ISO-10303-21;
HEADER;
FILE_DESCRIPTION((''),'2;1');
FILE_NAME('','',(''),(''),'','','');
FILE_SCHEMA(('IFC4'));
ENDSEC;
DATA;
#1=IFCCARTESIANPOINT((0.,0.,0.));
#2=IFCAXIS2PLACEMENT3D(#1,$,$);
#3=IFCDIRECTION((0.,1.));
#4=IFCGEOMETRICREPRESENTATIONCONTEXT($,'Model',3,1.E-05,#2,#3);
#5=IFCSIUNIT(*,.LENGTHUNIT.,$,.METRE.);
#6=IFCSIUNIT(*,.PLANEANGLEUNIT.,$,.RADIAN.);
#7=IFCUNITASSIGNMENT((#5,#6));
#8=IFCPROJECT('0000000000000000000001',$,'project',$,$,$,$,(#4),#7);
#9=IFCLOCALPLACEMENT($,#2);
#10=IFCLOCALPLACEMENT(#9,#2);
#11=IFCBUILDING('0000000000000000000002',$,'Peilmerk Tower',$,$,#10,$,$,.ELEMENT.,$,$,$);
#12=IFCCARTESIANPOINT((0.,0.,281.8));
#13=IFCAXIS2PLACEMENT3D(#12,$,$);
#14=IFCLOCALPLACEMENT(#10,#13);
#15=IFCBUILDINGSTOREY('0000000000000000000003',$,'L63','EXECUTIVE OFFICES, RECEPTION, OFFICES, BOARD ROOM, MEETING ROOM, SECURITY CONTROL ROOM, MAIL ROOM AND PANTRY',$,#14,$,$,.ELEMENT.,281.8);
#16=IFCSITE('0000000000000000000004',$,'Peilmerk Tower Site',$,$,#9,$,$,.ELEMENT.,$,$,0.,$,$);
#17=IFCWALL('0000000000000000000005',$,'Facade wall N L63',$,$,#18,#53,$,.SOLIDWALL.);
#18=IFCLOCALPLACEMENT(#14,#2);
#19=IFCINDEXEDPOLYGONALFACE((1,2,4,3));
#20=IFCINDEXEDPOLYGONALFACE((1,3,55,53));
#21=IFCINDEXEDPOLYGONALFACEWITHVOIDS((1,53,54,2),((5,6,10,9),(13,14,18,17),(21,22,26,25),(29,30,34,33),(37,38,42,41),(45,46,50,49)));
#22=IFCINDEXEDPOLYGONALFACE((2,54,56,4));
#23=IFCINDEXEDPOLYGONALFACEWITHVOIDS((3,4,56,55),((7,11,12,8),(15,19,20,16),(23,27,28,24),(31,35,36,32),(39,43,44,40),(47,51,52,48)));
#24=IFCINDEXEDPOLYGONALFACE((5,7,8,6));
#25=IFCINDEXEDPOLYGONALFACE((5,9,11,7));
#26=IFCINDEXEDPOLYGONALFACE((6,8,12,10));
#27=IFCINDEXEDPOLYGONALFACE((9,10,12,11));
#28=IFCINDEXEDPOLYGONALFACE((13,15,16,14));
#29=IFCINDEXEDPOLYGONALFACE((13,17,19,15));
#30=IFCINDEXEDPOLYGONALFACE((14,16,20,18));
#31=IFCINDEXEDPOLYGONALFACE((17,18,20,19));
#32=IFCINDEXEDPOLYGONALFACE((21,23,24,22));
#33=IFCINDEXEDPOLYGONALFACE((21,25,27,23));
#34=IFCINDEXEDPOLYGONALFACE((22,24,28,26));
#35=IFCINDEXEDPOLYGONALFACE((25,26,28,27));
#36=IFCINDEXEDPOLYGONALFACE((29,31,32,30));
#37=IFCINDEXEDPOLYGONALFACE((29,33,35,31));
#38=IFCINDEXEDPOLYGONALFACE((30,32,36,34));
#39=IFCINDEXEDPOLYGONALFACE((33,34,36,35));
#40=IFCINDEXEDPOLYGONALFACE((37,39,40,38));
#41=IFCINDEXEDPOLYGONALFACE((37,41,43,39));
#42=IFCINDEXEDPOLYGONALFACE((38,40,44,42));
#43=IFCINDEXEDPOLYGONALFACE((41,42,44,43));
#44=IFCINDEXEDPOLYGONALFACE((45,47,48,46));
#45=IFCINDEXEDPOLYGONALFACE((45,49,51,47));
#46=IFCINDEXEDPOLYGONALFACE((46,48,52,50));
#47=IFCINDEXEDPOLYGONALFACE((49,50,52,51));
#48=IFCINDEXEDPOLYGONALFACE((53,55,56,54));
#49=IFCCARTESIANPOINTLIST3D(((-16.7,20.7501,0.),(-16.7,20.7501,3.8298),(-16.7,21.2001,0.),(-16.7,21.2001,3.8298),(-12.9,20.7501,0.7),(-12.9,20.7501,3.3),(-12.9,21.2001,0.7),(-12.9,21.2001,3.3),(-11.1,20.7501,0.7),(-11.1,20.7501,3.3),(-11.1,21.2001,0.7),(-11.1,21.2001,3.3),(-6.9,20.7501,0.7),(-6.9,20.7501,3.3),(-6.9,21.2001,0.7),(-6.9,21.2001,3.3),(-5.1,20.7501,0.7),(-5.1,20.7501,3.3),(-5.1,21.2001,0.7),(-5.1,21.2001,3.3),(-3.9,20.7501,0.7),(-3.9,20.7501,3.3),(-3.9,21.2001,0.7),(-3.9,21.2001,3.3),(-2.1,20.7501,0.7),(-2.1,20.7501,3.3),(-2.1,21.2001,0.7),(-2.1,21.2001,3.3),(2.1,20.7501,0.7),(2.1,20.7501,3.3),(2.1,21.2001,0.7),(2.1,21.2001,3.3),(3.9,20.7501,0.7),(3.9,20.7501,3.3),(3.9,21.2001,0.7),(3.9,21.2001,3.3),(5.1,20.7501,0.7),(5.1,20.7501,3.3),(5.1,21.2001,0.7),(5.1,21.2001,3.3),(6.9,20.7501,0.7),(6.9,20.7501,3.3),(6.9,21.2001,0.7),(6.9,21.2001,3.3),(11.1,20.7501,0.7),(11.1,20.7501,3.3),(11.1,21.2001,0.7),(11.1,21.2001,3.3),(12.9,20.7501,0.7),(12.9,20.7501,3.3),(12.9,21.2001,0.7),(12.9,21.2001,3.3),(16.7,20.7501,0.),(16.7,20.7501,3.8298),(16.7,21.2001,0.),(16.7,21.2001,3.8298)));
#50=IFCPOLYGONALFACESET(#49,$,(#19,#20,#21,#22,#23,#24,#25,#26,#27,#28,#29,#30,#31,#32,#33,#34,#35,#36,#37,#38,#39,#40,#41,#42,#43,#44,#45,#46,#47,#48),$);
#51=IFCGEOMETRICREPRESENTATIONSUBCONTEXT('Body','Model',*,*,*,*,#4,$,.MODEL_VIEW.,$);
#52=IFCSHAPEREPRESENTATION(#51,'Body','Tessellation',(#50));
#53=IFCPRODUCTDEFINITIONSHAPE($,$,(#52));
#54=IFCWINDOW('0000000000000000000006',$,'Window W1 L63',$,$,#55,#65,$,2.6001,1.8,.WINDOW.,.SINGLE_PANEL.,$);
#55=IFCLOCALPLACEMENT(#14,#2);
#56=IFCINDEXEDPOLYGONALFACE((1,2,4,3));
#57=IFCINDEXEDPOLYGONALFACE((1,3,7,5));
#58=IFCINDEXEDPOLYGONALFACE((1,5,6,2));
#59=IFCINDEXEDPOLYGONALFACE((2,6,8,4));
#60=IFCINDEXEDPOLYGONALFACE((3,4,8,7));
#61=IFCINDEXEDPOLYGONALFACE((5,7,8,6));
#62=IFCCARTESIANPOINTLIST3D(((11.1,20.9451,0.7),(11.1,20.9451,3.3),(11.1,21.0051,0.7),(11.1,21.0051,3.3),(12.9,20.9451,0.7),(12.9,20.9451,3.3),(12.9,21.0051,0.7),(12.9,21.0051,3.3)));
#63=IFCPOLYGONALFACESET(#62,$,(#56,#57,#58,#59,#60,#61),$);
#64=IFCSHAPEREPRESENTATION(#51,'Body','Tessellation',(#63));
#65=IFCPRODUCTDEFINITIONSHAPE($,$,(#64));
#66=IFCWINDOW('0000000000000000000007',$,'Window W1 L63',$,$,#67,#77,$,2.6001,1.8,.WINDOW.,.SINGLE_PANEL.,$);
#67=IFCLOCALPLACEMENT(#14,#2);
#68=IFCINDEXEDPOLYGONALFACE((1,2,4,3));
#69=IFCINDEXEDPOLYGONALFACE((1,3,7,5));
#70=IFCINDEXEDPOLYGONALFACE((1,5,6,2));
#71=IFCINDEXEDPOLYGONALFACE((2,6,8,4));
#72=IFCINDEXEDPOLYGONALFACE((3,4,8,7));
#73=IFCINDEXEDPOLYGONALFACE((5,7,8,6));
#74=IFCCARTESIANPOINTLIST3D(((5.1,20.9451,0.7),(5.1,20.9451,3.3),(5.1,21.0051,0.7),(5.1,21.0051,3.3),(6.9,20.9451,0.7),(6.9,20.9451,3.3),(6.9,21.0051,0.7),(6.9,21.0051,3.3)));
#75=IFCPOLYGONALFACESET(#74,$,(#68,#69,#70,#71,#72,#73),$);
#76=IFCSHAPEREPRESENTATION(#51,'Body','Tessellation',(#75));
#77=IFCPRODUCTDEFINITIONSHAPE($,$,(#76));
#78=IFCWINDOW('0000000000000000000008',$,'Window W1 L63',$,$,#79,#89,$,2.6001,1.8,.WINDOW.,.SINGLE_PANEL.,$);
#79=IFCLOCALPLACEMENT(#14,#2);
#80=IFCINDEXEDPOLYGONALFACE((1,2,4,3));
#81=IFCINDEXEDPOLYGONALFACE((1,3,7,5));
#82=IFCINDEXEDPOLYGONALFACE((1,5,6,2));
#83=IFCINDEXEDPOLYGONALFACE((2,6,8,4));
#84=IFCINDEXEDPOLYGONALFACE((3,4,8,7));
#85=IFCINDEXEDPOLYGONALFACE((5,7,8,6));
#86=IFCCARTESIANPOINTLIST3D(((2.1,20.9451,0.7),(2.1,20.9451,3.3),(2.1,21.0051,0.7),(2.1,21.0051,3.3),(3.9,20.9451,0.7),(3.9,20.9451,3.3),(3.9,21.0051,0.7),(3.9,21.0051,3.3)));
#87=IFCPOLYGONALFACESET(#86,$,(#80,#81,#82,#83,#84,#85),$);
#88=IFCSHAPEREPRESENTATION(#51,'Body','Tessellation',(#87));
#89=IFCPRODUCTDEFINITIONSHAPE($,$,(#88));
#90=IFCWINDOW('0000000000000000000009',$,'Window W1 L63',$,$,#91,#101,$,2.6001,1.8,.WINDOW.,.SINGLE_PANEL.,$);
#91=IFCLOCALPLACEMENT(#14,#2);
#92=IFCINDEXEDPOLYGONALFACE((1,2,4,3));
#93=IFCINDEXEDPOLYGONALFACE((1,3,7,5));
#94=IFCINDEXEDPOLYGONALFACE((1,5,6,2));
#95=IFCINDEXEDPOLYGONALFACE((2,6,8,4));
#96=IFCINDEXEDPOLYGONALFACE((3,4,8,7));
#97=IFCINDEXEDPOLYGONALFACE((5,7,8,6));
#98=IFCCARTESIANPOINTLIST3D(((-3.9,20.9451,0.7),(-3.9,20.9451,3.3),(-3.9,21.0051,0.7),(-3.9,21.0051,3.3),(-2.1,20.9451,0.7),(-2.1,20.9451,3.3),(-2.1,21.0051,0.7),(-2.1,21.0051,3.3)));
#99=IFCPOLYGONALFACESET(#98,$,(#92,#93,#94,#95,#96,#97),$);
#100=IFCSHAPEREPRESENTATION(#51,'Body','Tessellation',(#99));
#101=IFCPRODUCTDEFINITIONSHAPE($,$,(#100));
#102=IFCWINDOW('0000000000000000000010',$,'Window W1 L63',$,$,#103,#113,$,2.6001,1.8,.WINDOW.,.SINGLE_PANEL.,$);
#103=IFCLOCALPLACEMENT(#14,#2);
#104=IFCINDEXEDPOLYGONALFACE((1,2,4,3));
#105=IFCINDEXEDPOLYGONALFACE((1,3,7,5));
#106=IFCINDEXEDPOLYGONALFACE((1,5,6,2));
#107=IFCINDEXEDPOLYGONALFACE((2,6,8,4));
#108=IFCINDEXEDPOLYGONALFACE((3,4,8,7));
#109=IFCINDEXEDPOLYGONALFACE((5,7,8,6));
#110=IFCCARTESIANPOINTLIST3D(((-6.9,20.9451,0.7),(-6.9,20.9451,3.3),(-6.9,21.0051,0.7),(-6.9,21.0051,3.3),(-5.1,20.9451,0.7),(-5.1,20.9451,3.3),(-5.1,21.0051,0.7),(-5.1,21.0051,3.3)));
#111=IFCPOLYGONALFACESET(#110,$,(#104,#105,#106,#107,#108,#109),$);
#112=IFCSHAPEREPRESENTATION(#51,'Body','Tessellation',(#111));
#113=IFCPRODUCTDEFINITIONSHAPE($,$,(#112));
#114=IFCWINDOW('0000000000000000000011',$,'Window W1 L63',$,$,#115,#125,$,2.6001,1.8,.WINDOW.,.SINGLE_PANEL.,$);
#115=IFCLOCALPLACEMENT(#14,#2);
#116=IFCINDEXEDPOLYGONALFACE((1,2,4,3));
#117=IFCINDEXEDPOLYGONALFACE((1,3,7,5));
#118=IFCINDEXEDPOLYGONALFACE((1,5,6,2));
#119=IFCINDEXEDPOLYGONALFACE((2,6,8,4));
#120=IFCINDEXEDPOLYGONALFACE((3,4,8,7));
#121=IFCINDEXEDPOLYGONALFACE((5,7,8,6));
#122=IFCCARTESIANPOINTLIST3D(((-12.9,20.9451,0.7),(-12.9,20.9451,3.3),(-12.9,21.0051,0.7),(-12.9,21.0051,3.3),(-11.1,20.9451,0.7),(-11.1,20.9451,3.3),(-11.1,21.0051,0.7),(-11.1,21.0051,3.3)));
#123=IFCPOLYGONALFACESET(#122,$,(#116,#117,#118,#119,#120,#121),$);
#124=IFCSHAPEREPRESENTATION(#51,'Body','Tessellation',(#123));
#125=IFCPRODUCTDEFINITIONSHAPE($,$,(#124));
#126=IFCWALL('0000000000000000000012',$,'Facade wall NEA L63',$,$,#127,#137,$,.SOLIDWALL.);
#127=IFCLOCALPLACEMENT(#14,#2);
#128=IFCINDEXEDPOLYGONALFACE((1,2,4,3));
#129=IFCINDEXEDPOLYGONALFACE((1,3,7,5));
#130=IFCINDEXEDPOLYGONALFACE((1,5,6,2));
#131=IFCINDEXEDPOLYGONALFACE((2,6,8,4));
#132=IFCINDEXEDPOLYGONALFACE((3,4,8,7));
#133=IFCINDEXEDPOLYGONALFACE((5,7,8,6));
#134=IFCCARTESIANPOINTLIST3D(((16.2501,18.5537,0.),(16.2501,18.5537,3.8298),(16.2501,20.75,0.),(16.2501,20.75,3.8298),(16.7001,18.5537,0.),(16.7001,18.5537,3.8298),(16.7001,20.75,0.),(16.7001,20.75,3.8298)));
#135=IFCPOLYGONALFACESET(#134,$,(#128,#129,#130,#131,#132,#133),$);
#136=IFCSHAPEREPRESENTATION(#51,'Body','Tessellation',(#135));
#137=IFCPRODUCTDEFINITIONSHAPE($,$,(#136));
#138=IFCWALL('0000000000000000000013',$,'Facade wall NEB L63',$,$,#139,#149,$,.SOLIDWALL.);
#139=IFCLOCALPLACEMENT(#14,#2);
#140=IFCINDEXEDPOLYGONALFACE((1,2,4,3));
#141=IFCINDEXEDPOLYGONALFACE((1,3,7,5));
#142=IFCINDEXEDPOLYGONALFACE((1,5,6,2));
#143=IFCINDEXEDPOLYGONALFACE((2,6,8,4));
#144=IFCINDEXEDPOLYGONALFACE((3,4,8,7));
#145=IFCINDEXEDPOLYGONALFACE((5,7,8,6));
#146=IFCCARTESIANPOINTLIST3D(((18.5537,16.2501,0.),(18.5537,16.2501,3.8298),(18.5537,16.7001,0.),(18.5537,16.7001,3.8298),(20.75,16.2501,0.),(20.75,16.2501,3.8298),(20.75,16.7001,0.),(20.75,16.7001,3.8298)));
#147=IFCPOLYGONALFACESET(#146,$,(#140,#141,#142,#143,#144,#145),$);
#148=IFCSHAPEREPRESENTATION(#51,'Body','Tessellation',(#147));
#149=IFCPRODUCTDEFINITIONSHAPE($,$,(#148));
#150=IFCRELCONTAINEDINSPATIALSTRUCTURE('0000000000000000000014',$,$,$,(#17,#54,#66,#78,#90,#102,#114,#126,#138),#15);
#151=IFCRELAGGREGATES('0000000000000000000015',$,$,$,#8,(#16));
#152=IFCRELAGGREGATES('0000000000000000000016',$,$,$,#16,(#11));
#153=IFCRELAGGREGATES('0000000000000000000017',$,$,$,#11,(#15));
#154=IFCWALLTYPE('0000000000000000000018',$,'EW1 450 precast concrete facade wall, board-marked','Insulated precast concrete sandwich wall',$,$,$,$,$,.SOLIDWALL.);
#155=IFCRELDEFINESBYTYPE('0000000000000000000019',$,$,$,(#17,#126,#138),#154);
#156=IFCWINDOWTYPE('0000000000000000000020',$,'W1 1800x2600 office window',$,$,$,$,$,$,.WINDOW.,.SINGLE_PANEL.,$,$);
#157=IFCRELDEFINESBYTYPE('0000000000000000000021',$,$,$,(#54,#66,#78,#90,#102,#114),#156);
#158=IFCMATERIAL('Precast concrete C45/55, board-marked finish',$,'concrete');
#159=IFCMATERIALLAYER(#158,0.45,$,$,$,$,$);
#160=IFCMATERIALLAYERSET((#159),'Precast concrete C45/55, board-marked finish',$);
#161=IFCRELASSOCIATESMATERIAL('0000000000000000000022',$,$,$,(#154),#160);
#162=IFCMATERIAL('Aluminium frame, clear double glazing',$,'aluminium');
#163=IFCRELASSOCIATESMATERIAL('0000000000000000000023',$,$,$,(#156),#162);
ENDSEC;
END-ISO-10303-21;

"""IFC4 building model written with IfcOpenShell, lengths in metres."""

from ifc_helpers import new_model, si_unit, direction, frame, frame_2d, origin, place, context, subcontext, project, spatial, rectangle, extrude, material, layer, layer_set, type_object, element, fill, save


model = new_model("IFC4")

# Units and contexts
model_context = context("Model", 3, precision=1e-05, world=origin(), true_north=direction((0.0, 1.0)))
body_context = subcontext(model_context, "Body", "Model", "MODEL_VIEW")
ifc_project = project(units=[si_unit("LENGTHUNIT", "METRE"), si_unit("PLANEANGLEUNIT", "RADIAN")], contexts=[model_context])

# Site, building, storey
site_placement = place(None, origin())
site = spatial("IfcSite", under=ifc_project, at=site_placement, Name="Peilmerk Tower Site", CompositionType="ELEMENT", RefElevation=0.0)
building_placement = place(site_placement, origin())
building = spatial("IfcBuilding", under=site, at=building_placement, Name="Peilmerk Tower", CompositionType="ELEMENT")
storey_placement = place(building_placement, frame((0.0, 0.0, 281.8)))
storey = spatial("IfcBuildingStorey", under=building, at=storey_placement, Name="L63", Description="EXECUTIVE OFFICES, RECEPTION, OFFICES, BOARD ROOM, MEETING ROOM, SECURITY CONTROL ROOM, MAIL ROOM AND PANTRY", CompositionType="ELEMENT", Elevation=281.8)

# Wall, openings, windows
ifc_material_1 = material(Name="Precast concrete C45/55, board-marked finish", Category="concrete")
ifc_layer_1 = layer(ifc_material_1, 0.45)
ifc_layer_set_1 = layer_set([ifc_layer_1], Name="Precast concrete C45/55, board-marked finish")
wall_type = type_object("IfcWallType", Name="EW1 450 precast concrete facade wall, board-marked", Description="Insulated precast concrete sandwich wall", PredefinedType="SOLIDWALL", material=ifc_layer_set_1)
wall_placement = place(storey_placement, frame((16.7, 20.9751, 0.0), z_axis=(0.0, 0.0, 1.0), x_axis=(-1.0, 0.0, 0.0)))
wall = element("IfcWall", 1, at=wall_placement, inside=storey, type_object=wall_type, Name="Facade wall N L63", PredefinedType="SOLIDWALL", context=body_context, shape_type="SweptSolid", body=[
    extrude(rectangle(XDim=33.3999, YDim=0.45, at=frame_2d((16.7, 0.0))), origin(), (0.0, 0.0, 1.0), 3.8298),
])
opening_1_placement = place(wall_placement, frame((3.8, 0.0, 0.7)))
opening_1 = element("IfcOpeningElement", 2, at=opening_1_placement, cuts=wall, PredefinedType="OPENING", context=body_context, shape_type="SweptSolid", body=[
    extrude(rectangle(XDim=1.8, YDim=2.6001, at=frame_2d((0.8999, 1.3))), frame((0.0, 0.2349, 0.0), z_axis=(0.0, -1.0, 0.0), x_axis=(1.0, 0.0, 0.0)), (0.0, 0.0, 1.0), 0.47),
])
opening_2_placement = place(wall_placement, frame((9.8, 0.0, 0.7)))
opening_2 = element("IfcOpeningElement", 3, at=opening_2_placement, cuts=wall, PredefinedType="OPENING", context=body_context, shape_type="SweptSolid", body=[
    extrude(rectangle(XDim=1.8, YDim=2.6001, at=frame_2d((0.8999, 1.3))), frame((0.0, 0.2349, 0.0), z_axis=(0.0, -1.0, 0.0), x_axis=(1.0, 0.0, 0.0)), (0.0, 0.0, 1.0), 0.47),
])
opening_3_placement = place(wall_placement, frame((12.8, 0.0, 0.7)))
opening_3 = element("IfcOpeningElement", 4, at=opening_3_placement, cuts=wall, PredefinedType="OPENING", context=body_context, shape_type="SweptSolid", body=[
    extrude(rectangle(XDim=1.8, YDim=2.6001, at=frame_2d((0.8999, 1.3))), frame((0.0, 0.2349, 0.0), z_axis=(0.0, -1.0, 0.0), x_axis=(1.0, 0.0, 0.0)), (0.0, 0.0, 1.0), 0.47),
])
opening_4_placement = place(wall_placement, frame((18.8, 0.0, 0.7)))
opening_4 = element("IfcOpeningElement", 5, at=opening_4_placement, cuts=wall, PredefinedType="OPENING", context=body_context, shape_type="SweptSolid", body=[
    extrude(rectangle(XDim=1.8, YDim=2.6001, at=frame_2d((0.8999, 1.3))), frame((0.0, 0.2349, 0.0), z_axis=(0.0, -1.0, 0.0), x_axis=(1.0, 0.0, 0.0)), (0.0, 0.0, 1.0), 0.47),
])
opening_5_placement = place(wall_placement, frame((21.8, 0.0, 0.7)))
opening_5 = element("IfcOpeningElement", 6, at=opening_5_placement, cuts=wall, PredefinedType="OPENING", context=body_context, shape_type="SweptSolid", body=[
    extrude(rectangle(XDim=1.8, YDim=2.6001, at=frame_2d((0.8999, 1.3))), frame((0.0, 0.2349, 0.0), z_axis=(0.0, -1.0, 0.0), x_axis=(1.0, 0.0, 0.0)), (0.0, 0.0, 1.0), 0.47),
])
opening_6_placement = place(wall_placement, frame((27.8, 0.0, 0.7)))
opening_6 = element("IfcOpeningElement", 7, at=opening_6_placement, cuts=wall, PredefinedType="OPENING", context=body_context, shape_type="SweptSolid", body=[
    extrude(rectangle(XDim=1.8, YDim=2.6001, at=frame_2d((0.8999, 1.3))), frame((0.0, 0.2349, 0.0), z_axis=(0.0, -1.0, 0.0), x_axis=(1.0, 0.0, 0.0)), (0.0, 0.0, 1.0), 0.47),
])
ifc_material_2 = material(Name="Aluminium frame, clear double glazing", Category="aluminium")
window_type = type_object("IfcWindowType", Name="W1 1800x2600 office window", PartitioningType="SINGLE_PANEL", PredefinedType="WINDOW", material=ifc_material_2)
window_1_placement = place(opening_1_placement, origin())
window_1 = element("IfcWindow", 8, at=window_1_placement, inside=storey, type_object=window_type, Name="Window W1 L63", OverallHeight=2.6001, OverallWidth=1.8, PartitioningType="SINGLE_PANEL", PredefinedType="WINDOW", context=body_context, shape_type="SweptSolid", body=[
    extrude(rectangle(XDim=1.8, YDim=2.6001, at=frame_2d((0.8999, 1.3))), frame((0.0, 0.03, 0.0), z_axis=(0.0, -1.0, 0.0), x_axis=(1.0, 0.0, 0.0)), (0.0, 0.0, 1.0), 0.0601),
])
fill(opening_1, window_1)
window_2_placement = place(opening_2_placement, origin())
window_2 = element("IfcWindow", 9, at=window_2_placement, inside=storey, type_object=window_type, Name="Window W1 L63", OverallHeight=2.6001, OverallWidth=1.8, PartitioningType="SINGLE_PANEL", PredefinedType="WINDOW", context=body_context, shape_type="SweptSolid", body=[
    extrude(rectangle(XDim=1.8, YDim=2.6001, at=frame_2d((0.8999, 1.3))), frame((0.0, 0.03, 0.0), z_axis=(0.0, -1.0, 0.0), x_axis=(1.0, 0.0, 0.0)), (0.0, 0.0, 1.0), 0.0601),
])
fill(opening_2, window_2)
window_3_placement = place(opening_3_placement, origin())
window_3 = element("IfcWindow", 10, at=window_3_placement, inside=storey, type_object=window_type, Name="Window W1 L63", OverallHeight=2.6001, OverallWidth=1.8, PartitioningType="SINGLE_PANEL", PredefinedType="WINDOW", context=body_context, shape_type="SweptSolid", body=[
    extrude(rectangle(XDim=1.8, YDim=2.6001, at=frame_2d((0.8999, 1.3))), frame((0.0, 0.03, 0.0), z_axis=(0.0, -1.0, 0.0), x_axis=(1.0, 0.0, 0.0)), (0.0, 0.0, 1.0), 0.0601),
])
fill(opening_3, window_3)
window_4_placement = place(opening_4_placement, origin())
window_4 = element("IfcWindow", 11, at=window_4_placement, inside=storey, type_object=window_type, Name="Window W1 L63", OverallHeight=2.6001, OverallWidth=1.8, PartitioningType="SINGLE_PANEL", PredefinedType="WINDOW", context=body_context, shape_type="SweptSolid", body=[
    extrude(rectangle(XDim=1.8, YDim=2.6001, at=frame_2d((0.8999, 1.3))), frame((0.0, 0.03, 0.0), z_axis=(0.0, -1.0, 0.0), x_axis=(1.0, 0.0, 0.0)), (0.0, 0.0, 1.0), 0.0601),
])
fill(opening_4, window_4)
window_5_placement = place(opening_5_placement, origin())
window_5 = element("IfcWindow", 12, at=window_5_placement, inside=storey, type_object=window_type, Name="Window W1 L63", OverallHeight=2.6001, OverallWidth=1.8, PartitioningType="SINGLE_PANEL", PredefinedType="WINDOW", context=body_context, shape_type="SweptSolid", body=[
    extrude(rectangle(XDim=1.8, YDim=2.6001, at=frame_2d((0.8999, 1.3))), frame((0.0, 0.03, 0.0), z_axis=(0.0, -1.0, 0.0), x_axis=(1.0, 0.0, 0.0)), (0.0, 0.0, 1.0), 0.0601),
])
fill(opening_5, window_5)
window_6_placement = place(opening_6_placement, origin())
window_6 = element("IfcWindow", 13, at=window_6_placement, inside=storey, type_object=window_type, Name="Window W1 L63", OverallHeight=2.6001, OverallWidth=1.8, PartitioningType="SINGLE_PANEL", PredefinedType="WINDOW", context=body_context, shape_type="SweptSolid", body=[
    extrude(rectangle(XDim=1.8, YDim=2.6001, at=frame_2d((0.8999, 1.3))), frame((0.0, 0.03, 0.0), z_axis=(0.0, -1.0, 0.0), x_axis=(1.0, 0.0, 0.0)), (0.0, 0.0, 1.0), 0.0601),
])
fill(opening_6, window_6)

# Walls
for number, where, z_axis, x_axis, name in (
    (14, (16.4751, 18.5537, 0.0), (0.0, 0.0, 1.0), (0.0, 1.0, 0.0), "Facade wall NEA L63"),
    (15, (18.5537, 16.4751, 0.0), (0.0, 0.0, 1.0), (1.0, 0.0, 0.0), "Facade wall NEB L63"),
):
    element("IfcWall", number, at=place(storey_placement, frame(where, z_axis=z_axis, x_axis=x_axis)), inside=storey, type_object=wall_type, Name=name, PredefinedType="SOLIDWALL", context=body_context, shape_type="SweptSolid", body=[
        extrude(rectangle(XDim=2.1963, YDim=0.45, at=frame_2d((1.0981, 0.0))), origin(), (0.0, 0.0, 1.0), 3.8298),
    ])

save(model, "model.ifc")
